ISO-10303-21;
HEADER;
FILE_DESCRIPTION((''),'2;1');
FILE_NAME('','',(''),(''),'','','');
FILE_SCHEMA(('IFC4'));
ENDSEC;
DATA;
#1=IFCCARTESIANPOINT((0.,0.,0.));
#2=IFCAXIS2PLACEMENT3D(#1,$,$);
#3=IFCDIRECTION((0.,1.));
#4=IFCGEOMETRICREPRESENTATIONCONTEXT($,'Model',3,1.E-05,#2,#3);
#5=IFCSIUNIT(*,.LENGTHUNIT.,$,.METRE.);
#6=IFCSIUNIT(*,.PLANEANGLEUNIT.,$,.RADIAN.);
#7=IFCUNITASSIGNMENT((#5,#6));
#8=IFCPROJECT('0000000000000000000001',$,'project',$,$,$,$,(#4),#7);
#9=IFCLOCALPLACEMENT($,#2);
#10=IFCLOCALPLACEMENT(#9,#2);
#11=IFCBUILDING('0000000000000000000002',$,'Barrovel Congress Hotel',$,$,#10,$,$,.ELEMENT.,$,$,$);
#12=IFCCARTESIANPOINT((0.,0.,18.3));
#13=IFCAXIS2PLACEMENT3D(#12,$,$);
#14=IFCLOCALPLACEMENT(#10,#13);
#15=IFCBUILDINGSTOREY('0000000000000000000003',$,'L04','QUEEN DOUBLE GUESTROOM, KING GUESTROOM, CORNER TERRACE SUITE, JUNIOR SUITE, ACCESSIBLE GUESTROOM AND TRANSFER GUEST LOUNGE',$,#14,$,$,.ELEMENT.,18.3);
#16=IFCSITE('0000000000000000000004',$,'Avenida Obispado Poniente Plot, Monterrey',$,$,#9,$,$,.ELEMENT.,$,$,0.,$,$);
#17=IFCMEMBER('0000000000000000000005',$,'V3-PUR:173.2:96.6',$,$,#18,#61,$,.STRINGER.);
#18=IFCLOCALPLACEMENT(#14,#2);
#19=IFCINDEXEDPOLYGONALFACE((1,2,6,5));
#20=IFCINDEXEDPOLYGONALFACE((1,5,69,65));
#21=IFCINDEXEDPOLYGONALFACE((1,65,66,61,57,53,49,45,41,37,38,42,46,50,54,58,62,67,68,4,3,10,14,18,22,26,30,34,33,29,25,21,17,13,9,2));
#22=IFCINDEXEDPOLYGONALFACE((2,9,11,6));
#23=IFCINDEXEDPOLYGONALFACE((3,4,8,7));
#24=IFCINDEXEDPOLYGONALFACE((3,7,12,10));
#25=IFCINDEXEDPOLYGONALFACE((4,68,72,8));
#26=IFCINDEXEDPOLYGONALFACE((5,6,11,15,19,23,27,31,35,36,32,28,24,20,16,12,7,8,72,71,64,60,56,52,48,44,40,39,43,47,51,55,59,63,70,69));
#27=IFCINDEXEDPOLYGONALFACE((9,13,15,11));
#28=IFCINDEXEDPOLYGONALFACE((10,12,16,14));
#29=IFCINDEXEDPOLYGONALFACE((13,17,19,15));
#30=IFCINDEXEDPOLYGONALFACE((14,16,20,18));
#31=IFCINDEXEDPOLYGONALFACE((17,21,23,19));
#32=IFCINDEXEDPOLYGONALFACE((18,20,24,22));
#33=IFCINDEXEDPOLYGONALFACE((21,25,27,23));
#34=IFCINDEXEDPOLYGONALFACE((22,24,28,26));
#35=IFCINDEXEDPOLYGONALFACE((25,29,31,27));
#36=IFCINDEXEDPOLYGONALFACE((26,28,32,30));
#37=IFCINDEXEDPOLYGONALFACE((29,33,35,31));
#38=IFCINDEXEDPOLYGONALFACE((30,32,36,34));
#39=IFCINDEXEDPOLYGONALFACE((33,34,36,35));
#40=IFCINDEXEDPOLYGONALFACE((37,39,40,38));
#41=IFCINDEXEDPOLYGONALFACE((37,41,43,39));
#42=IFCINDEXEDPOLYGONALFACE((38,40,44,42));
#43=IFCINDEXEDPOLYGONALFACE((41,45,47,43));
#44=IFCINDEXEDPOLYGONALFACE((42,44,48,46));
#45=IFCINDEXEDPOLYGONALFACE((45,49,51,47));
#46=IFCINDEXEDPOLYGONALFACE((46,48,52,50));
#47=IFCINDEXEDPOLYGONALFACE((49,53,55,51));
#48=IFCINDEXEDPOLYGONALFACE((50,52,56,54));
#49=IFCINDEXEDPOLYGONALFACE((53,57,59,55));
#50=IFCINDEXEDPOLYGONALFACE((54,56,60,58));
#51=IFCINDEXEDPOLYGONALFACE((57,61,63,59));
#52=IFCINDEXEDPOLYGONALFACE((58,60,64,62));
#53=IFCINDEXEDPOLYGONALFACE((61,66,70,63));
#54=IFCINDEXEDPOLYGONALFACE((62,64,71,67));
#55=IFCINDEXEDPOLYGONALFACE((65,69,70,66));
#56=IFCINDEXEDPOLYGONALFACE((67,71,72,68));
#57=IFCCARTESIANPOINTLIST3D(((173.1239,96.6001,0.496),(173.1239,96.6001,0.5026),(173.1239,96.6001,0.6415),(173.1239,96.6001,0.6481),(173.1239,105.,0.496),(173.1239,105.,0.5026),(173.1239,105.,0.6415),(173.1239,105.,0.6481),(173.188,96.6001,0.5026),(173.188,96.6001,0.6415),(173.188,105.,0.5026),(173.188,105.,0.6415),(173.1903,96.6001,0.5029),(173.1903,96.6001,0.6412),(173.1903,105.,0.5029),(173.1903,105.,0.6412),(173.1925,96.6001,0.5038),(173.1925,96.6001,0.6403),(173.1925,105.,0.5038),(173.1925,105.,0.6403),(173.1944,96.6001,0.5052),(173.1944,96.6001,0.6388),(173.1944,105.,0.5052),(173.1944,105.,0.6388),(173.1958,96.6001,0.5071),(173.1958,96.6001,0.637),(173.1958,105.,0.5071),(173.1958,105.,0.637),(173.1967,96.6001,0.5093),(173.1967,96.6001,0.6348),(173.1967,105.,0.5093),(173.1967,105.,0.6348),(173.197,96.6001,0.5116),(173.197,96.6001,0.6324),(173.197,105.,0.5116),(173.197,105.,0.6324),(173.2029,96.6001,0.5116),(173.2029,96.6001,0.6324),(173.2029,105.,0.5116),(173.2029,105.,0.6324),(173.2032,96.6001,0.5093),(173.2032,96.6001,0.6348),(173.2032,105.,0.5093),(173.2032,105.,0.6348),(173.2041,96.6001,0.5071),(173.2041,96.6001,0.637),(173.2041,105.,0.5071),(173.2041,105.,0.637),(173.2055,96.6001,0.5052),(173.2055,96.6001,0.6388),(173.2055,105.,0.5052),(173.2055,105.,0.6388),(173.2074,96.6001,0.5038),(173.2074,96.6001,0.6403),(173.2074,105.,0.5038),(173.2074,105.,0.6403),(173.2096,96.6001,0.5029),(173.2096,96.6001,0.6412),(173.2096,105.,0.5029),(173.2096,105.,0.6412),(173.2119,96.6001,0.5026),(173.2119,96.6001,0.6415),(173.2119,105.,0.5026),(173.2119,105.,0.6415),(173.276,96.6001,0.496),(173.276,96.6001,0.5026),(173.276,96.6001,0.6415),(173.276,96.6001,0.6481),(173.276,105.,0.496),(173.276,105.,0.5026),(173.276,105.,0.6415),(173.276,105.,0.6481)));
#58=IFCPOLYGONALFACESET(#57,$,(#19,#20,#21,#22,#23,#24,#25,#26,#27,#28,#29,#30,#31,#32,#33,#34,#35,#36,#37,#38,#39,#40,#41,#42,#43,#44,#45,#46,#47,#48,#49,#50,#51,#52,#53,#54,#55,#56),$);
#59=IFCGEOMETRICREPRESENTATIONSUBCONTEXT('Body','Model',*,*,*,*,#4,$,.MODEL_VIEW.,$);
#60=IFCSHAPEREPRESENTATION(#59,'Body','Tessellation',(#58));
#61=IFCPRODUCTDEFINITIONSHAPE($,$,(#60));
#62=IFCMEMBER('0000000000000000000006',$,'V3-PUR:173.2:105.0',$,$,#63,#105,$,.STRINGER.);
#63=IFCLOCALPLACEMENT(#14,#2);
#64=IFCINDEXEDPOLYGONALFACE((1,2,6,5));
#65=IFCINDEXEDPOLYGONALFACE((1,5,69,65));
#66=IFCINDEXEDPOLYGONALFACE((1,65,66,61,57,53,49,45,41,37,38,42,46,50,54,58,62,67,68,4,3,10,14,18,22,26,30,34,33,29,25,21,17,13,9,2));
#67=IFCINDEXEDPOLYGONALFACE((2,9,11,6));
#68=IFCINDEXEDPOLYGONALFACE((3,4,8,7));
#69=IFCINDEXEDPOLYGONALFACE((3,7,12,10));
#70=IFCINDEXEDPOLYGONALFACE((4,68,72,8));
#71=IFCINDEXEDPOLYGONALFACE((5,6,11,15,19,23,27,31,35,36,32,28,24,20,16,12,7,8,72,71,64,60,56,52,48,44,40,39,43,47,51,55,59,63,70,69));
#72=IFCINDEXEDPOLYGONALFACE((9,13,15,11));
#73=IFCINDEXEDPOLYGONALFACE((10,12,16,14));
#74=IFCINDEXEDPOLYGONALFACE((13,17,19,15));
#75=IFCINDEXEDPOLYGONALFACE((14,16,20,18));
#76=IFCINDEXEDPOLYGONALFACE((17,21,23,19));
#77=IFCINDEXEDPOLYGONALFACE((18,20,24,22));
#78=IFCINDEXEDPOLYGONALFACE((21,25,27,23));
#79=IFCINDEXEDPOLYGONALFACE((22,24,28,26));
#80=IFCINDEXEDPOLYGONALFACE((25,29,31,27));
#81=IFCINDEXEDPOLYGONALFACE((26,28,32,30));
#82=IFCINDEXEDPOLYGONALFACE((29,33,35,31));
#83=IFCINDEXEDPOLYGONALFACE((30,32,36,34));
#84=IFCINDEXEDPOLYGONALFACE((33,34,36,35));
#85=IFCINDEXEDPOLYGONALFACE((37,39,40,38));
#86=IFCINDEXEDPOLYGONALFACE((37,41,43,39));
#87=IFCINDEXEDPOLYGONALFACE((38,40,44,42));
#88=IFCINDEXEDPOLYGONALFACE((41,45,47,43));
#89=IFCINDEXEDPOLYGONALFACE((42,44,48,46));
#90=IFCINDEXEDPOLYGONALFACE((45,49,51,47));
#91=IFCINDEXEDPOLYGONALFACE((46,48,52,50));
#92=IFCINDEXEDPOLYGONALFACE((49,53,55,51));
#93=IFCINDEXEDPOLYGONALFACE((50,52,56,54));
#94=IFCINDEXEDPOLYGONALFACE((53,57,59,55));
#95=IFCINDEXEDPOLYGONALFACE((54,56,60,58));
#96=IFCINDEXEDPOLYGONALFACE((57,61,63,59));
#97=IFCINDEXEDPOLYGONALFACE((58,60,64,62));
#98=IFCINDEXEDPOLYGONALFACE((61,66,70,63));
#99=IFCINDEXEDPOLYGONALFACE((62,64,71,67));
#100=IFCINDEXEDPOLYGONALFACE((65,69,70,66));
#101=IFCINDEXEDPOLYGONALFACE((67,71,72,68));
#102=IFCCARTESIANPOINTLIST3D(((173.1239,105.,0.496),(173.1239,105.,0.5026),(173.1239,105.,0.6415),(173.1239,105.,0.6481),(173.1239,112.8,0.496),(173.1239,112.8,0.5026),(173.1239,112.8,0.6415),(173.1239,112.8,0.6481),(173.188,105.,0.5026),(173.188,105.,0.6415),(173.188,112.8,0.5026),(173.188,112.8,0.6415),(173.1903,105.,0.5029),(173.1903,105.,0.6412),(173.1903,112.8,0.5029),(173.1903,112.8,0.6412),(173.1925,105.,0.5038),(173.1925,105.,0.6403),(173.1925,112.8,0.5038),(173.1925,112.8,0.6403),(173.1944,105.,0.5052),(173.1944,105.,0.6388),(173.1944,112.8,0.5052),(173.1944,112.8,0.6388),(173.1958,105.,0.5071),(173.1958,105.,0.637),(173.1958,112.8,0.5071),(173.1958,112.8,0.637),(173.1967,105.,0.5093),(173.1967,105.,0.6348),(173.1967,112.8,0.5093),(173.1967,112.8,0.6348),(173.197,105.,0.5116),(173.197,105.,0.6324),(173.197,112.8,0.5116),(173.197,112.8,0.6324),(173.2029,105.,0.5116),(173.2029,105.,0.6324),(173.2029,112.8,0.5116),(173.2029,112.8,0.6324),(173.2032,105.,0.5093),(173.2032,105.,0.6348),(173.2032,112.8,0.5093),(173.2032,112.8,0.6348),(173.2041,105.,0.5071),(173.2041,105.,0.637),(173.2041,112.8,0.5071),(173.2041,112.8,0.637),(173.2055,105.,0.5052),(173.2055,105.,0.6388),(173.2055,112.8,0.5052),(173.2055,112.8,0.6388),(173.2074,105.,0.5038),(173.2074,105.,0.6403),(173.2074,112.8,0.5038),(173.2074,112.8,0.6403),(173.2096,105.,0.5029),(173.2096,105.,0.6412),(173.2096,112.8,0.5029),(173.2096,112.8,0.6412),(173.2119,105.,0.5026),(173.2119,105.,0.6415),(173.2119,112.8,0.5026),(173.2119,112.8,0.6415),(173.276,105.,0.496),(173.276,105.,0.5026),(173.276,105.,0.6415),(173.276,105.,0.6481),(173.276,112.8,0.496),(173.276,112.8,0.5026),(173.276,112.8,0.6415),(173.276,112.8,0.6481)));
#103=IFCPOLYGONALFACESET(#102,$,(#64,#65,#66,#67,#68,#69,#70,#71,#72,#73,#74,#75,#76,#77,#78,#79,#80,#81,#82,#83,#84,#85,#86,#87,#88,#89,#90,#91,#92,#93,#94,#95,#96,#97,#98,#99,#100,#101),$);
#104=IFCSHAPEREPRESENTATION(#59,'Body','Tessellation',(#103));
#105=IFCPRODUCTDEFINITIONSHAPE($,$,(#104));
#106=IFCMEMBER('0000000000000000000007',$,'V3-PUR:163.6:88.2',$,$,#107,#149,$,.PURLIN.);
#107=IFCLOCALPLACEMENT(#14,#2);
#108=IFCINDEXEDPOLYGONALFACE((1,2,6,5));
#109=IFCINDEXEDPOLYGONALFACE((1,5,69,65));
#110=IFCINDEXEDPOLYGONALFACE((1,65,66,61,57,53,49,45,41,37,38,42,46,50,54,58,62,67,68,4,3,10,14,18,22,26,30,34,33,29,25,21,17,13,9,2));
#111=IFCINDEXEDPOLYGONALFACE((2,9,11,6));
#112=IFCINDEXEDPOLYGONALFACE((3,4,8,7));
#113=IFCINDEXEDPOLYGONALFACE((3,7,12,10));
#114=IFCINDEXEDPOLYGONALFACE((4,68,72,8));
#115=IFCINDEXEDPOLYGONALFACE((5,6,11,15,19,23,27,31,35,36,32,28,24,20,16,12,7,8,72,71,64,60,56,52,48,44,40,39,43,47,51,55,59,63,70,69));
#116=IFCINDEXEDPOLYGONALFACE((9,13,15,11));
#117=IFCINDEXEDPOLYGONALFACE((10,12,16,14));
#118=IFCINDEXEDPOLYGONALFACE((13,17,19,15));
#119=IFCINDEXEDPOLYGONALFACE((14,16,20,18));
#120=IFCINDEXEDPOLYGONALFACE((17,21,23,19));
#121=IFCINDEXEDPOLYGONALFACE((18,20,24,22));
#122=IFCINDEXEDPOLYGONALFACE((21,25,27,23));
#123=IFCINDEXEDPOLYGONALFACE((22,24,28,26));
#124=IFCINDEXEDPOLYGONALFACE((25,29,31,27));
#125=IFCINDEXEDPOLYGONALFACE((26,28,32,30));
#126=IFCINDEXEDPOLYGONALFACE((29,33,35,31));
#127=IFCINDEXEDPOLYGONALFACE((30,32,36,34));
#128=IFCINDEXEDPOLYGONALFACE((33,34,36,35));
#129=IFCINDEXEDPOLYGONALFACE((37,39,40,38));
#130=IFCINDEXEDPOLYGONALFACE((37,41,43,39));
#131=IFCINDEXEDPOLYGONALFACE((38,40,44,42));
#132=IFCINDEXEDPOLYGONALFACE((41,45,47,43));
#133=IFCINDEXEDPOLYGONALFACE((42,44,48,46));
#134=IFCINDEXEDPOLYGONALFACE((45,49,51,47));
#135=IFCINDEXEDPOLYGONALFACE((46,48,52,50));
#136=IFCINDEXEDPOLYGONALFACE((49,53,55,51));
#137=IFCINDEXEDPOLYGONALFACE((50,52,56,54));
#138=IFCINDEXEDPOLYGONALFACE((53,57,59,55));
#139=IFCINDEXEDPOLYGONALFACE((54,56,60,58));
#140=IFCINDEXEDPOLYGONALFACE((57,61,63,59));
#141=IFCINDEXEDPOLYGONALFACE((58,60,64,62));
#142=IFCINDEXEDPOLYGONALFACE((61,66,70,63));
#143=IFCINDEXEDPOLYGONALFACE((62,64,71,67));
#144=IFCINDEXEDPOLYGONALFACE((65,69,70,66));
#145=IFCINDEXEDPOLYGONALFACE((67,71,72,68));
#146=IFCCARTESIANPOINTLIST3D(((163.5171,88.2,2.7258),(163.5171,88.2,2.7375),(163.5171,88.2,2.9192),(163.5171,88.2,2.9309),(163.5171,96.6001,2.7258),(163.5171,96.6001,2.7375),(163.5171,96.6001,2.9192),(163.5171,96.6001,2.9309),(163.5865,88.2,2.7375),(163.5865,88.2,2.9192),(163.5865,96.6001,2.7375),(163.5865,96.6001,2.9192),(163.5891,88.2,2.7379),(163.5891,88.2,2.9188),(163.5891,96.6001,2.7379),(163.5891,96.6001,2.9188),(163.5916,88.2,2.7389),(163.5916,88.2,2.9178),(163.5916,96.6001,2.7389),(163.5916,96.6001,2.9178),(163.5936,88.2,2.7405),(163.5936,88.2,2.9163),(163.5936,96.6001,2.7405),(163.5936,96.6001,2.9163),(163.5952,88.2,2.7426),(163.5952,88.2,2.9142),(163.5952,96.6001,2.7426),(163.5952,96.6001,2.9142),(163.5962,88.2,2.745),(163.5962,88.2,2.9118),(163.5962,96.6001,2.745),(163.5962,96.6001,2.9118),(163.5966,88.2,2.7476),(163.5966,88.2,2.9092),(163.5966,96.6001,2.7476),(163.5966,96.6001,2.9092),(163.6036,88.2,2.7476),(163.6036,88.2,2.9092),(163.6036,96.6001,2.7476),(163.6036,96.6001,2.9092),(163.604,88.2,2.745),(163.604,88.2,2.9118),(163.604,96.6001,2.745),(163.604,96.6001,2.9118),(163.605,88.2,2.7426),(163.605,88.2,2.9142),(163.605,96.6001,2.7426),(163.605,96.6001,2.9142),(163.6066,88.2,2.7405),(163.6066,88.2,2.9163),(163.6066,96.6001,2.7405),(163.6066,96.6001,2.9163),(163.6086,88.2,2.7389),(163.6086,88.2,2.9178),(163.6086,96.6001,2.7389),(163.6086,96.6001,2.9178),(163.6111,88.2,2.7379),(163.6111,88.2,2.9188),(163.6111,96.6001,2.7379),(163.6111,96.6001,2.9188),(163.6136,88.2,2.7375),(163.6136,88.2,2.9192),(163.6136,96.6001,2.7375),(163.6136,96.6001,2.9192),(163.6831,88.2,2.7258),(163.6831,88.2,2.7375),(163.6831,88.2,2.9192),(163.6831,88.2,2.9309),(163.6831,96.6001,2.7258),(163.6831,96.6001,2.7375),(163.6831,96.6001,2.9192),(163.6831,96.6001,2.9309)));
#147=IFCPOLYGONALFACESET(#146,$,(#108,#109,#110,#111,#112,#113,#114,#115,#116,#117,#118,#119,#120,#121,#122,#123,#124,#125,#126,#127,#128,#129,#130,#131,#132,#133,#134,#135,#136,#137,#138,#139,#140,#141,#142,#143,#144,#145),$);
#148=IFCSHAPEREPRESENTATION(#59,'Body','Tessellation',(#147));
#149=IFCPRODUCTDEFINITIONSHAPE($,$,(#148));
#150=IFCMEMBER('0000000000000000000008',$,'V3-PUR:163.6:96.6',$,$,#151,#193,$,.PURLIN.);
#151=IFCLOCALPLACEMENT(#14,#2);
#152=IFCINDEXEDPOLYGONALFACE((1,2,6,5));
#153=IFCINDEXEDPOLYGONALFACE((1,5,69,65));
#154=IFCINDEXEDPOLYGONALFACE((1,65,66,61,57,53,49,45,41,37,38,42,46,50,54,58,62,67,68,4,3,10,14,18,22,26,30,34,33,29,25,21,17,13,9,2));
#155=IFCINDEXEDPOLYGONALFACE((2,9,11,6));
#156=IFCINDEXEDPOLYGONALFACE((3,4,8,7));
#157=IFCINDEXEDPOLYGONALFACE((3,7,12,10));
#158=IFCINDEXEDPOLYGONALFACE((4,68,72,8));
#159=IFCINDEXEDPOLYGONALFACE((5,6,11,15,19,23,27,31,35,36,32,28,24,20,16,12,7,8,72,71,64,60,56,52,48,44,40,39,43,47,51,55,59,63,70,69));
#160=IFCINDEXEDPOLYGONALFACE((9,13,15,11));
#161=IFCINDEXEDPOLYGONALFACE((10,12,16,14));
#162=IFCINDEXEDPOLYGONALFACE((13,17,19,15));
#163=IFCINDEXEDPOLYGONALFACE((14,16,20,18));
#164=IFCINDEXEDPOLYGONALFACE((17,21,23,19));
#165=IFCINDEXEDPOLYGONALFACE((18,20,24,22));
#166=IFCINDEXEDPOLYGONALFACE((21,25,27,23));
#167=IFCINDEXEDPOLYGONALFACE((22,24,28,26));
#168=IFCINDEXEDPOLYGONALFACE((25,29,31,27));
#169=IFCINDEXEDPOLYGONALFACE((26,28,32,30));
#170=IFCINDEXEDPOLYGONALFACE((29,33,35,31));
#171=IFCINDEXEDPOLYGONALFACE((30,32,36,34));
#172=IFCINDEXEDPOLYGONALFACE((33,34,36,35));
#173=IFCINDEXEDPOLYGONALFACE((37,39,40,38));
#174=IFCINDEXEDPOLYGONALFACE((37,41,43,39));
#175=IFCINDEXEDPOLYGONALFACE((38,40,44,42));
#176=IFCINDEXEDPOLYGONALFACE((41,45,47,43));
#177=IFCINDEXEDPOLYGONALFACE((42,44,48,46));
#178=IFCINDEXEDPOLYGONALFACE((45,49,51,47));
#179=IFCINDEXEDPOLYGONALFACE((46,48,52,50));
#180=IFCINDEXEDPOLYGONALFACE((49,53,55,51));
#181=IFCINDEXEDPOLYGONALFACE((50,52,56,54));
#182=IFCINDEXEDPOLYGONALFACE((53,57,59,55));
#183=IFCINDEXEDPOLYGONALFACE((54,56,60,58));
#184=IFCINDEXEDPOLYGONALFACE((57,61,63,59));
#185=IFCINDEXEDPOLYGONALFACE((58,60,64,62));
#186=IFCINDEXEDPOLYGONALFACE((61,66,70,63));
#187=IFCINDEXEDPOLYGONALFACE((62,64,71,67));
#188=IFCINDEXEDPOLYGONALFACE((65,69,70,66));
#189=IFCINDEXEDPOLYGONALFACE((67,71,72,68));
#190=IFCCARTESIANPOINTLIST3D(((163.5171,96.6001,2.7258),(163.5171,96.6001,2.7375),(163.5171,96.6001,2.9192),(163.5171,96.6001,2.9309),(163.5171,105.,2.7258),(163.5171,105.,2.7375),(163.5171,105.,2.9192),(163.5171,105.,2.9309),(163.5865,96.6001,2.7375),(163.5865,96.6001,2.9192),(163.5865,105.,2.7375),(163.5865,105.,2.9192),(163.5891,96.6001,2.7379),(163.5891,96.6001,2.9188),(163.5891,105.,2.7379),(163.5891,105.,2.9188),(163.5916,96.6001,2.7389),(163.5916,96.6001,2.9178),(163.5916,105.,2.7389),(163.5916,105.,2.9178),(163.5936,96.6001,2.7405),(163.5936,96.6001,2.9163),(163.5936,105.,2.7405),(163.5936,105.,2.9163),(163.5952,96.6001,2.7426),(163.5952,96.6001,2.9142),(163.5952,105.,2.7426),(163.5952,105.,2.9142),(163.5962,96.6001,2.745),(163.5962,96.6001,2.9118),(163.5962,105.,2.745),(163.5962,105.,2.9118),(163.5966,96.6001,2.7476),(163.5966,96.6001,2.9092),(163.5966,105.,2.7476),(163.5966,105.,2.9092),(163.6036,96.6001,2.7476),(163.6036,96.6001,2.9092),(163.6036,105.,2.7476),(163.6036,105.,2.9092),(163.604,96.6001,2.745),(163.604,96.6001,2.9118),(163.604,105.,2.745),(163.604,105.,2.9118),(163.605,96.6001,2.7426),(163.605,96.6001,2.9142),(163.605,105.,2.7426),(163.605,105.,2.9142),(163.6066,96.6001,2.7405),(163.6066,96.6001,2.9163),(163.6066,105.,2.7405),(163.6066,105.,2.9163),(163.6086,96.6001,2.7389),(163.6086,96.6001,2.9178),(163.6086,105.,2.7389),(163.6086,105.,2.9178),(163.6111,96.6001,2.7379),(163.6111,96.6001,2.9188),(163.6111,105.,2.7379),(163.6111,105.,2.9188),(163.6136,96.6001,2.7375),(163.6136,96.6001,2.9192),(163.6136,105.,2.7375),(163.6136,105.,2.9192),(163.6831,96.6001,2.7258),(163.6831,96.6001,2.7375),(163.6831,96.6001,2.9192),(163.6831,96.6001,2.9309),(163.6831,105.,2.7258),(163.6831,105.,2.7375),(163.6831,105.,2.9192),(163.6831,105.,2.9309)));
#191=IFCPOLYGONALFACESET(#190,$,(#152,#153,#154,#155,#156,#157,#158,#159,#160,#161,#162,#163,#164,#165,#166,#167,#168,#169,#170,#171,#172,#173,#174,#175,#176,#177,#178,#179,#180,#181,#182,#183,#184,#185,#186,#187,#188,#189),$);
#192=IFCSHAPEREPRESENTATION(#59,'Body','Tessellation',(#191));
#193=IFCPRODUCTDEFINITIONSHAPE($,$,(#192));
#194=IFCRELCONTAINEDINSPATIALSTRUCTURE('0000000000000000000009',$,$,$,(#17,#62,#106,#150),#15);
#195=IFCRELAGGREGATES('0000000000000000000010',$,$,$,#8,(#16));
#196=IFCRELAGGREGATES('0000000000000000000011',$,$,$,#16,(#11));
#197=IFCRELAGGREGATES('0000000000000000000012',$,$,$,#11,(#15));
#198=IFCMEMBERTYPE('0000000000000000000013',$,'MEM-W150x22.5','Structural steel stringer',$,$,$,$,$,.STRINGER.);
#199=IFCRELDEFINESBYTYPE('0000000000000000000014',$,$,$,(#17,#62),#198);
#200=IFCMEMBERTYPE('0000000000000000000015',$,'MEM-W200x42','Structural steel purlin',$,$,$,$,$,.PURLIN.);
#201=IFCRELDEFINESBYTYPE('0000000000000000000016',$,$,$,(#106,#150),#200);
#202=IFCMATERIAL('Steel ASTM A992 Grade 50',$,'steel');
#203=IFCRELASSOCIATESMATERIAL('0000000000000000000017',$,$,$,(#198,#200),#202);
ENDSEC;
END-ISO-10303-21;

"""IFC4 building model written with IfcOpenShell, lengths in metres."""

from ifc_helpers import new_model, si_unit, direction, frame, origin, origin_2d, place, context, subcontext, project, spatial, i_section, extrude, material, material_profile, profile_set, type_object, element, save


model = new_model("IFC4")

# Units and contexts
model_context = context("Model", 3, precision=1e-05, world=origin(), true_north=direction((0.0, 1.0)))
body_context = subcontext(model_context, "Body", "Model", "MODEL_VIEW")
ifc_project = project(units=[si_unit("LENGTHUNIT", "METRE"), si_unit("PLANEANGLEUNIT", "RADIAN")], contexts=[model_context])

# Site, building, storey
site_placement = place(None, origin())
site = spatial("IfcSite", under=ifc_project, at=site_placement, Name="Avenida Obispado Poniente Plot, Monterrey", CompositionType="ELEMENT", RefElevation=0.0)
building_placement = place(site_placement, origin())
building = spatial("IfcBuilding", under=site, at=building_placement, Name="Barrovel Congress Hotel", CompositionType="ELEMENT")
storey_placement = place(building_placement, frame((0.0, 0.0, 18.3)))
storey = spatial("IfcBuildingStorey", under=building, at=storey_placement, Name="L04", Description="QUEEN DOUBLE GUESTROOM, KING GUESTROOM, CORNER TERRACE SUITE, JUNIOR SUITE, ACCESSIBLE GUESTROOM AND TRANSFER GUEST LOUNGE", CompositionType="ELEMENT", Elevation=18.3)

# Members
ifc_material_1 = material(Name="Steel ASTM A992 Grade 50", Category="steel")
ifc_material_profile_1 = material_profile(ifc_material_1, i_section(OverallWidth=0.1521, OverallDepth=0.1521, WebThickness=0.0059, FlangeThickness=0.0066, FilletRadius=0.009, at=origin_2d()), Name="W150x22.5")
ifc_profile_set_1 = profile_set([ifc_material_profile_1], Name="Steel ASTM A992 Grade 50")
member_type_1 = type_object("IfcMemberType", Name="MEM-W150x22.5", Description="Structural steel stringer", PredefinedType="STRINGER", material=ifc_profile_set_1)
member_1_placement = place(storey_placement, frame((173.2, 96.6001, 0.572), z_axis=(0.0, 1.0, 0.0), x_axis=(-1.0, 0.0, 0.0)))
element("IfcMember", 1, at=member_1_placement, inside=storey, type_object=member_type_1, Name="V3-PUR:173.2:96.6", PredefinedType="STRINGER", context=body_context, shape_type="SweptSolid", body=[
    extrude(i_section(OverallWidth=0.1521, OverallDepth=0.1521, WebThickness=0.0059, FlangeThickness=0.0066, FilletRadius=0.009, at=origin_2d()), origin(), (0.0, 0.0, 1.0), 8.3999),
])
member_2_placement = place(storey_placement, frame((173.2, 105.0, 0.572), z_axis=(0.0, 1.0, 0.0), x_axis=(-1.0, 0.0, 0.0)))
element("IfcMember", 2, at=member_2_placement, inside=storey, type_object=member_type_1, Name="V3-PUR:173.2:105.0", PredefinedType="STRINGER", context=body_context, shape_type="SweptSolid", body=[
    extrude(i_section(OverallWidth=0.1521, OverallDepth=0.1521, WebThickness=0.0059, FlangeThickness=0.0066, FilletRadius=0.009, at=origin_2d()), origin(), (0.0, 0.0, 1.0), 7.8),
])
ifc_material_profile_2 = material_profile(ifc_material_1, i_section(OverallWidth=0.166, OverallDepth=0.2051, WebThickness=0.0071, FlangeThickness=0.0117, FilletRadius=0.01, at=origin_2d()), Name="W200x42")
ifc_profile_set_2 = profile_set([ifc_material_profile_2], Name="Steel ASTM A992 Grade 50")
member_type_2 = type_object("IfcMemberType", Name="MEM-W200x42", Description="Structural steel purlin", PredefinedType="PURLIN", material=ifc_profile_set_2)
member_3_placement = place(storey_placement, frame((163.6001, 88.2, 2.8284), z_axis=(0.0, 1.0, 0.0), x_axis=(-1.0, 0.0, 0.0)))
element("IfcMember", 3, at=member_3_placement, inside=storey, type_object=member_type_2, Name="V3-PUR:163.6:88.2", PredefinedType="PURLIN", context=body_context, shape_type="SweptSolid", body=[
    extrude(i_section(OverallWidth=0.166, OverallDepth=0.2051, WebThickness=0.0071, FlangeThickness=0.0117, FilletRadius=0.01, at=origin_2d()), origin(), (0.0, 0.0, 1.0), 8.4001),
])
member_4_placement = place(storey_placement, frame((163.6001, 96.6001, 2.8284), z_axis=(0.0, 1.0, 0.0), x_axis=(-1.0, 0.0, 0.0)))
element("IfcMember", 4, at=member_4_placement, inside=storey, type_object=member_type_2, Name="V3-PUR:163.6:96.6", PredefinedType="PURLIN", context=body_context, shape_type="SweptSolid", body=[
    extrude(i_section(OverallWidth=0.166, OverallDepth=0.2051, WebThickness=0.0071, FlangeThickness=0.0117, FilletRadius=0.01, at=origin_2d()), origin(), (0.0, 0.0, 1.0), 8.3999),
])

save(model, "model.ifc")
